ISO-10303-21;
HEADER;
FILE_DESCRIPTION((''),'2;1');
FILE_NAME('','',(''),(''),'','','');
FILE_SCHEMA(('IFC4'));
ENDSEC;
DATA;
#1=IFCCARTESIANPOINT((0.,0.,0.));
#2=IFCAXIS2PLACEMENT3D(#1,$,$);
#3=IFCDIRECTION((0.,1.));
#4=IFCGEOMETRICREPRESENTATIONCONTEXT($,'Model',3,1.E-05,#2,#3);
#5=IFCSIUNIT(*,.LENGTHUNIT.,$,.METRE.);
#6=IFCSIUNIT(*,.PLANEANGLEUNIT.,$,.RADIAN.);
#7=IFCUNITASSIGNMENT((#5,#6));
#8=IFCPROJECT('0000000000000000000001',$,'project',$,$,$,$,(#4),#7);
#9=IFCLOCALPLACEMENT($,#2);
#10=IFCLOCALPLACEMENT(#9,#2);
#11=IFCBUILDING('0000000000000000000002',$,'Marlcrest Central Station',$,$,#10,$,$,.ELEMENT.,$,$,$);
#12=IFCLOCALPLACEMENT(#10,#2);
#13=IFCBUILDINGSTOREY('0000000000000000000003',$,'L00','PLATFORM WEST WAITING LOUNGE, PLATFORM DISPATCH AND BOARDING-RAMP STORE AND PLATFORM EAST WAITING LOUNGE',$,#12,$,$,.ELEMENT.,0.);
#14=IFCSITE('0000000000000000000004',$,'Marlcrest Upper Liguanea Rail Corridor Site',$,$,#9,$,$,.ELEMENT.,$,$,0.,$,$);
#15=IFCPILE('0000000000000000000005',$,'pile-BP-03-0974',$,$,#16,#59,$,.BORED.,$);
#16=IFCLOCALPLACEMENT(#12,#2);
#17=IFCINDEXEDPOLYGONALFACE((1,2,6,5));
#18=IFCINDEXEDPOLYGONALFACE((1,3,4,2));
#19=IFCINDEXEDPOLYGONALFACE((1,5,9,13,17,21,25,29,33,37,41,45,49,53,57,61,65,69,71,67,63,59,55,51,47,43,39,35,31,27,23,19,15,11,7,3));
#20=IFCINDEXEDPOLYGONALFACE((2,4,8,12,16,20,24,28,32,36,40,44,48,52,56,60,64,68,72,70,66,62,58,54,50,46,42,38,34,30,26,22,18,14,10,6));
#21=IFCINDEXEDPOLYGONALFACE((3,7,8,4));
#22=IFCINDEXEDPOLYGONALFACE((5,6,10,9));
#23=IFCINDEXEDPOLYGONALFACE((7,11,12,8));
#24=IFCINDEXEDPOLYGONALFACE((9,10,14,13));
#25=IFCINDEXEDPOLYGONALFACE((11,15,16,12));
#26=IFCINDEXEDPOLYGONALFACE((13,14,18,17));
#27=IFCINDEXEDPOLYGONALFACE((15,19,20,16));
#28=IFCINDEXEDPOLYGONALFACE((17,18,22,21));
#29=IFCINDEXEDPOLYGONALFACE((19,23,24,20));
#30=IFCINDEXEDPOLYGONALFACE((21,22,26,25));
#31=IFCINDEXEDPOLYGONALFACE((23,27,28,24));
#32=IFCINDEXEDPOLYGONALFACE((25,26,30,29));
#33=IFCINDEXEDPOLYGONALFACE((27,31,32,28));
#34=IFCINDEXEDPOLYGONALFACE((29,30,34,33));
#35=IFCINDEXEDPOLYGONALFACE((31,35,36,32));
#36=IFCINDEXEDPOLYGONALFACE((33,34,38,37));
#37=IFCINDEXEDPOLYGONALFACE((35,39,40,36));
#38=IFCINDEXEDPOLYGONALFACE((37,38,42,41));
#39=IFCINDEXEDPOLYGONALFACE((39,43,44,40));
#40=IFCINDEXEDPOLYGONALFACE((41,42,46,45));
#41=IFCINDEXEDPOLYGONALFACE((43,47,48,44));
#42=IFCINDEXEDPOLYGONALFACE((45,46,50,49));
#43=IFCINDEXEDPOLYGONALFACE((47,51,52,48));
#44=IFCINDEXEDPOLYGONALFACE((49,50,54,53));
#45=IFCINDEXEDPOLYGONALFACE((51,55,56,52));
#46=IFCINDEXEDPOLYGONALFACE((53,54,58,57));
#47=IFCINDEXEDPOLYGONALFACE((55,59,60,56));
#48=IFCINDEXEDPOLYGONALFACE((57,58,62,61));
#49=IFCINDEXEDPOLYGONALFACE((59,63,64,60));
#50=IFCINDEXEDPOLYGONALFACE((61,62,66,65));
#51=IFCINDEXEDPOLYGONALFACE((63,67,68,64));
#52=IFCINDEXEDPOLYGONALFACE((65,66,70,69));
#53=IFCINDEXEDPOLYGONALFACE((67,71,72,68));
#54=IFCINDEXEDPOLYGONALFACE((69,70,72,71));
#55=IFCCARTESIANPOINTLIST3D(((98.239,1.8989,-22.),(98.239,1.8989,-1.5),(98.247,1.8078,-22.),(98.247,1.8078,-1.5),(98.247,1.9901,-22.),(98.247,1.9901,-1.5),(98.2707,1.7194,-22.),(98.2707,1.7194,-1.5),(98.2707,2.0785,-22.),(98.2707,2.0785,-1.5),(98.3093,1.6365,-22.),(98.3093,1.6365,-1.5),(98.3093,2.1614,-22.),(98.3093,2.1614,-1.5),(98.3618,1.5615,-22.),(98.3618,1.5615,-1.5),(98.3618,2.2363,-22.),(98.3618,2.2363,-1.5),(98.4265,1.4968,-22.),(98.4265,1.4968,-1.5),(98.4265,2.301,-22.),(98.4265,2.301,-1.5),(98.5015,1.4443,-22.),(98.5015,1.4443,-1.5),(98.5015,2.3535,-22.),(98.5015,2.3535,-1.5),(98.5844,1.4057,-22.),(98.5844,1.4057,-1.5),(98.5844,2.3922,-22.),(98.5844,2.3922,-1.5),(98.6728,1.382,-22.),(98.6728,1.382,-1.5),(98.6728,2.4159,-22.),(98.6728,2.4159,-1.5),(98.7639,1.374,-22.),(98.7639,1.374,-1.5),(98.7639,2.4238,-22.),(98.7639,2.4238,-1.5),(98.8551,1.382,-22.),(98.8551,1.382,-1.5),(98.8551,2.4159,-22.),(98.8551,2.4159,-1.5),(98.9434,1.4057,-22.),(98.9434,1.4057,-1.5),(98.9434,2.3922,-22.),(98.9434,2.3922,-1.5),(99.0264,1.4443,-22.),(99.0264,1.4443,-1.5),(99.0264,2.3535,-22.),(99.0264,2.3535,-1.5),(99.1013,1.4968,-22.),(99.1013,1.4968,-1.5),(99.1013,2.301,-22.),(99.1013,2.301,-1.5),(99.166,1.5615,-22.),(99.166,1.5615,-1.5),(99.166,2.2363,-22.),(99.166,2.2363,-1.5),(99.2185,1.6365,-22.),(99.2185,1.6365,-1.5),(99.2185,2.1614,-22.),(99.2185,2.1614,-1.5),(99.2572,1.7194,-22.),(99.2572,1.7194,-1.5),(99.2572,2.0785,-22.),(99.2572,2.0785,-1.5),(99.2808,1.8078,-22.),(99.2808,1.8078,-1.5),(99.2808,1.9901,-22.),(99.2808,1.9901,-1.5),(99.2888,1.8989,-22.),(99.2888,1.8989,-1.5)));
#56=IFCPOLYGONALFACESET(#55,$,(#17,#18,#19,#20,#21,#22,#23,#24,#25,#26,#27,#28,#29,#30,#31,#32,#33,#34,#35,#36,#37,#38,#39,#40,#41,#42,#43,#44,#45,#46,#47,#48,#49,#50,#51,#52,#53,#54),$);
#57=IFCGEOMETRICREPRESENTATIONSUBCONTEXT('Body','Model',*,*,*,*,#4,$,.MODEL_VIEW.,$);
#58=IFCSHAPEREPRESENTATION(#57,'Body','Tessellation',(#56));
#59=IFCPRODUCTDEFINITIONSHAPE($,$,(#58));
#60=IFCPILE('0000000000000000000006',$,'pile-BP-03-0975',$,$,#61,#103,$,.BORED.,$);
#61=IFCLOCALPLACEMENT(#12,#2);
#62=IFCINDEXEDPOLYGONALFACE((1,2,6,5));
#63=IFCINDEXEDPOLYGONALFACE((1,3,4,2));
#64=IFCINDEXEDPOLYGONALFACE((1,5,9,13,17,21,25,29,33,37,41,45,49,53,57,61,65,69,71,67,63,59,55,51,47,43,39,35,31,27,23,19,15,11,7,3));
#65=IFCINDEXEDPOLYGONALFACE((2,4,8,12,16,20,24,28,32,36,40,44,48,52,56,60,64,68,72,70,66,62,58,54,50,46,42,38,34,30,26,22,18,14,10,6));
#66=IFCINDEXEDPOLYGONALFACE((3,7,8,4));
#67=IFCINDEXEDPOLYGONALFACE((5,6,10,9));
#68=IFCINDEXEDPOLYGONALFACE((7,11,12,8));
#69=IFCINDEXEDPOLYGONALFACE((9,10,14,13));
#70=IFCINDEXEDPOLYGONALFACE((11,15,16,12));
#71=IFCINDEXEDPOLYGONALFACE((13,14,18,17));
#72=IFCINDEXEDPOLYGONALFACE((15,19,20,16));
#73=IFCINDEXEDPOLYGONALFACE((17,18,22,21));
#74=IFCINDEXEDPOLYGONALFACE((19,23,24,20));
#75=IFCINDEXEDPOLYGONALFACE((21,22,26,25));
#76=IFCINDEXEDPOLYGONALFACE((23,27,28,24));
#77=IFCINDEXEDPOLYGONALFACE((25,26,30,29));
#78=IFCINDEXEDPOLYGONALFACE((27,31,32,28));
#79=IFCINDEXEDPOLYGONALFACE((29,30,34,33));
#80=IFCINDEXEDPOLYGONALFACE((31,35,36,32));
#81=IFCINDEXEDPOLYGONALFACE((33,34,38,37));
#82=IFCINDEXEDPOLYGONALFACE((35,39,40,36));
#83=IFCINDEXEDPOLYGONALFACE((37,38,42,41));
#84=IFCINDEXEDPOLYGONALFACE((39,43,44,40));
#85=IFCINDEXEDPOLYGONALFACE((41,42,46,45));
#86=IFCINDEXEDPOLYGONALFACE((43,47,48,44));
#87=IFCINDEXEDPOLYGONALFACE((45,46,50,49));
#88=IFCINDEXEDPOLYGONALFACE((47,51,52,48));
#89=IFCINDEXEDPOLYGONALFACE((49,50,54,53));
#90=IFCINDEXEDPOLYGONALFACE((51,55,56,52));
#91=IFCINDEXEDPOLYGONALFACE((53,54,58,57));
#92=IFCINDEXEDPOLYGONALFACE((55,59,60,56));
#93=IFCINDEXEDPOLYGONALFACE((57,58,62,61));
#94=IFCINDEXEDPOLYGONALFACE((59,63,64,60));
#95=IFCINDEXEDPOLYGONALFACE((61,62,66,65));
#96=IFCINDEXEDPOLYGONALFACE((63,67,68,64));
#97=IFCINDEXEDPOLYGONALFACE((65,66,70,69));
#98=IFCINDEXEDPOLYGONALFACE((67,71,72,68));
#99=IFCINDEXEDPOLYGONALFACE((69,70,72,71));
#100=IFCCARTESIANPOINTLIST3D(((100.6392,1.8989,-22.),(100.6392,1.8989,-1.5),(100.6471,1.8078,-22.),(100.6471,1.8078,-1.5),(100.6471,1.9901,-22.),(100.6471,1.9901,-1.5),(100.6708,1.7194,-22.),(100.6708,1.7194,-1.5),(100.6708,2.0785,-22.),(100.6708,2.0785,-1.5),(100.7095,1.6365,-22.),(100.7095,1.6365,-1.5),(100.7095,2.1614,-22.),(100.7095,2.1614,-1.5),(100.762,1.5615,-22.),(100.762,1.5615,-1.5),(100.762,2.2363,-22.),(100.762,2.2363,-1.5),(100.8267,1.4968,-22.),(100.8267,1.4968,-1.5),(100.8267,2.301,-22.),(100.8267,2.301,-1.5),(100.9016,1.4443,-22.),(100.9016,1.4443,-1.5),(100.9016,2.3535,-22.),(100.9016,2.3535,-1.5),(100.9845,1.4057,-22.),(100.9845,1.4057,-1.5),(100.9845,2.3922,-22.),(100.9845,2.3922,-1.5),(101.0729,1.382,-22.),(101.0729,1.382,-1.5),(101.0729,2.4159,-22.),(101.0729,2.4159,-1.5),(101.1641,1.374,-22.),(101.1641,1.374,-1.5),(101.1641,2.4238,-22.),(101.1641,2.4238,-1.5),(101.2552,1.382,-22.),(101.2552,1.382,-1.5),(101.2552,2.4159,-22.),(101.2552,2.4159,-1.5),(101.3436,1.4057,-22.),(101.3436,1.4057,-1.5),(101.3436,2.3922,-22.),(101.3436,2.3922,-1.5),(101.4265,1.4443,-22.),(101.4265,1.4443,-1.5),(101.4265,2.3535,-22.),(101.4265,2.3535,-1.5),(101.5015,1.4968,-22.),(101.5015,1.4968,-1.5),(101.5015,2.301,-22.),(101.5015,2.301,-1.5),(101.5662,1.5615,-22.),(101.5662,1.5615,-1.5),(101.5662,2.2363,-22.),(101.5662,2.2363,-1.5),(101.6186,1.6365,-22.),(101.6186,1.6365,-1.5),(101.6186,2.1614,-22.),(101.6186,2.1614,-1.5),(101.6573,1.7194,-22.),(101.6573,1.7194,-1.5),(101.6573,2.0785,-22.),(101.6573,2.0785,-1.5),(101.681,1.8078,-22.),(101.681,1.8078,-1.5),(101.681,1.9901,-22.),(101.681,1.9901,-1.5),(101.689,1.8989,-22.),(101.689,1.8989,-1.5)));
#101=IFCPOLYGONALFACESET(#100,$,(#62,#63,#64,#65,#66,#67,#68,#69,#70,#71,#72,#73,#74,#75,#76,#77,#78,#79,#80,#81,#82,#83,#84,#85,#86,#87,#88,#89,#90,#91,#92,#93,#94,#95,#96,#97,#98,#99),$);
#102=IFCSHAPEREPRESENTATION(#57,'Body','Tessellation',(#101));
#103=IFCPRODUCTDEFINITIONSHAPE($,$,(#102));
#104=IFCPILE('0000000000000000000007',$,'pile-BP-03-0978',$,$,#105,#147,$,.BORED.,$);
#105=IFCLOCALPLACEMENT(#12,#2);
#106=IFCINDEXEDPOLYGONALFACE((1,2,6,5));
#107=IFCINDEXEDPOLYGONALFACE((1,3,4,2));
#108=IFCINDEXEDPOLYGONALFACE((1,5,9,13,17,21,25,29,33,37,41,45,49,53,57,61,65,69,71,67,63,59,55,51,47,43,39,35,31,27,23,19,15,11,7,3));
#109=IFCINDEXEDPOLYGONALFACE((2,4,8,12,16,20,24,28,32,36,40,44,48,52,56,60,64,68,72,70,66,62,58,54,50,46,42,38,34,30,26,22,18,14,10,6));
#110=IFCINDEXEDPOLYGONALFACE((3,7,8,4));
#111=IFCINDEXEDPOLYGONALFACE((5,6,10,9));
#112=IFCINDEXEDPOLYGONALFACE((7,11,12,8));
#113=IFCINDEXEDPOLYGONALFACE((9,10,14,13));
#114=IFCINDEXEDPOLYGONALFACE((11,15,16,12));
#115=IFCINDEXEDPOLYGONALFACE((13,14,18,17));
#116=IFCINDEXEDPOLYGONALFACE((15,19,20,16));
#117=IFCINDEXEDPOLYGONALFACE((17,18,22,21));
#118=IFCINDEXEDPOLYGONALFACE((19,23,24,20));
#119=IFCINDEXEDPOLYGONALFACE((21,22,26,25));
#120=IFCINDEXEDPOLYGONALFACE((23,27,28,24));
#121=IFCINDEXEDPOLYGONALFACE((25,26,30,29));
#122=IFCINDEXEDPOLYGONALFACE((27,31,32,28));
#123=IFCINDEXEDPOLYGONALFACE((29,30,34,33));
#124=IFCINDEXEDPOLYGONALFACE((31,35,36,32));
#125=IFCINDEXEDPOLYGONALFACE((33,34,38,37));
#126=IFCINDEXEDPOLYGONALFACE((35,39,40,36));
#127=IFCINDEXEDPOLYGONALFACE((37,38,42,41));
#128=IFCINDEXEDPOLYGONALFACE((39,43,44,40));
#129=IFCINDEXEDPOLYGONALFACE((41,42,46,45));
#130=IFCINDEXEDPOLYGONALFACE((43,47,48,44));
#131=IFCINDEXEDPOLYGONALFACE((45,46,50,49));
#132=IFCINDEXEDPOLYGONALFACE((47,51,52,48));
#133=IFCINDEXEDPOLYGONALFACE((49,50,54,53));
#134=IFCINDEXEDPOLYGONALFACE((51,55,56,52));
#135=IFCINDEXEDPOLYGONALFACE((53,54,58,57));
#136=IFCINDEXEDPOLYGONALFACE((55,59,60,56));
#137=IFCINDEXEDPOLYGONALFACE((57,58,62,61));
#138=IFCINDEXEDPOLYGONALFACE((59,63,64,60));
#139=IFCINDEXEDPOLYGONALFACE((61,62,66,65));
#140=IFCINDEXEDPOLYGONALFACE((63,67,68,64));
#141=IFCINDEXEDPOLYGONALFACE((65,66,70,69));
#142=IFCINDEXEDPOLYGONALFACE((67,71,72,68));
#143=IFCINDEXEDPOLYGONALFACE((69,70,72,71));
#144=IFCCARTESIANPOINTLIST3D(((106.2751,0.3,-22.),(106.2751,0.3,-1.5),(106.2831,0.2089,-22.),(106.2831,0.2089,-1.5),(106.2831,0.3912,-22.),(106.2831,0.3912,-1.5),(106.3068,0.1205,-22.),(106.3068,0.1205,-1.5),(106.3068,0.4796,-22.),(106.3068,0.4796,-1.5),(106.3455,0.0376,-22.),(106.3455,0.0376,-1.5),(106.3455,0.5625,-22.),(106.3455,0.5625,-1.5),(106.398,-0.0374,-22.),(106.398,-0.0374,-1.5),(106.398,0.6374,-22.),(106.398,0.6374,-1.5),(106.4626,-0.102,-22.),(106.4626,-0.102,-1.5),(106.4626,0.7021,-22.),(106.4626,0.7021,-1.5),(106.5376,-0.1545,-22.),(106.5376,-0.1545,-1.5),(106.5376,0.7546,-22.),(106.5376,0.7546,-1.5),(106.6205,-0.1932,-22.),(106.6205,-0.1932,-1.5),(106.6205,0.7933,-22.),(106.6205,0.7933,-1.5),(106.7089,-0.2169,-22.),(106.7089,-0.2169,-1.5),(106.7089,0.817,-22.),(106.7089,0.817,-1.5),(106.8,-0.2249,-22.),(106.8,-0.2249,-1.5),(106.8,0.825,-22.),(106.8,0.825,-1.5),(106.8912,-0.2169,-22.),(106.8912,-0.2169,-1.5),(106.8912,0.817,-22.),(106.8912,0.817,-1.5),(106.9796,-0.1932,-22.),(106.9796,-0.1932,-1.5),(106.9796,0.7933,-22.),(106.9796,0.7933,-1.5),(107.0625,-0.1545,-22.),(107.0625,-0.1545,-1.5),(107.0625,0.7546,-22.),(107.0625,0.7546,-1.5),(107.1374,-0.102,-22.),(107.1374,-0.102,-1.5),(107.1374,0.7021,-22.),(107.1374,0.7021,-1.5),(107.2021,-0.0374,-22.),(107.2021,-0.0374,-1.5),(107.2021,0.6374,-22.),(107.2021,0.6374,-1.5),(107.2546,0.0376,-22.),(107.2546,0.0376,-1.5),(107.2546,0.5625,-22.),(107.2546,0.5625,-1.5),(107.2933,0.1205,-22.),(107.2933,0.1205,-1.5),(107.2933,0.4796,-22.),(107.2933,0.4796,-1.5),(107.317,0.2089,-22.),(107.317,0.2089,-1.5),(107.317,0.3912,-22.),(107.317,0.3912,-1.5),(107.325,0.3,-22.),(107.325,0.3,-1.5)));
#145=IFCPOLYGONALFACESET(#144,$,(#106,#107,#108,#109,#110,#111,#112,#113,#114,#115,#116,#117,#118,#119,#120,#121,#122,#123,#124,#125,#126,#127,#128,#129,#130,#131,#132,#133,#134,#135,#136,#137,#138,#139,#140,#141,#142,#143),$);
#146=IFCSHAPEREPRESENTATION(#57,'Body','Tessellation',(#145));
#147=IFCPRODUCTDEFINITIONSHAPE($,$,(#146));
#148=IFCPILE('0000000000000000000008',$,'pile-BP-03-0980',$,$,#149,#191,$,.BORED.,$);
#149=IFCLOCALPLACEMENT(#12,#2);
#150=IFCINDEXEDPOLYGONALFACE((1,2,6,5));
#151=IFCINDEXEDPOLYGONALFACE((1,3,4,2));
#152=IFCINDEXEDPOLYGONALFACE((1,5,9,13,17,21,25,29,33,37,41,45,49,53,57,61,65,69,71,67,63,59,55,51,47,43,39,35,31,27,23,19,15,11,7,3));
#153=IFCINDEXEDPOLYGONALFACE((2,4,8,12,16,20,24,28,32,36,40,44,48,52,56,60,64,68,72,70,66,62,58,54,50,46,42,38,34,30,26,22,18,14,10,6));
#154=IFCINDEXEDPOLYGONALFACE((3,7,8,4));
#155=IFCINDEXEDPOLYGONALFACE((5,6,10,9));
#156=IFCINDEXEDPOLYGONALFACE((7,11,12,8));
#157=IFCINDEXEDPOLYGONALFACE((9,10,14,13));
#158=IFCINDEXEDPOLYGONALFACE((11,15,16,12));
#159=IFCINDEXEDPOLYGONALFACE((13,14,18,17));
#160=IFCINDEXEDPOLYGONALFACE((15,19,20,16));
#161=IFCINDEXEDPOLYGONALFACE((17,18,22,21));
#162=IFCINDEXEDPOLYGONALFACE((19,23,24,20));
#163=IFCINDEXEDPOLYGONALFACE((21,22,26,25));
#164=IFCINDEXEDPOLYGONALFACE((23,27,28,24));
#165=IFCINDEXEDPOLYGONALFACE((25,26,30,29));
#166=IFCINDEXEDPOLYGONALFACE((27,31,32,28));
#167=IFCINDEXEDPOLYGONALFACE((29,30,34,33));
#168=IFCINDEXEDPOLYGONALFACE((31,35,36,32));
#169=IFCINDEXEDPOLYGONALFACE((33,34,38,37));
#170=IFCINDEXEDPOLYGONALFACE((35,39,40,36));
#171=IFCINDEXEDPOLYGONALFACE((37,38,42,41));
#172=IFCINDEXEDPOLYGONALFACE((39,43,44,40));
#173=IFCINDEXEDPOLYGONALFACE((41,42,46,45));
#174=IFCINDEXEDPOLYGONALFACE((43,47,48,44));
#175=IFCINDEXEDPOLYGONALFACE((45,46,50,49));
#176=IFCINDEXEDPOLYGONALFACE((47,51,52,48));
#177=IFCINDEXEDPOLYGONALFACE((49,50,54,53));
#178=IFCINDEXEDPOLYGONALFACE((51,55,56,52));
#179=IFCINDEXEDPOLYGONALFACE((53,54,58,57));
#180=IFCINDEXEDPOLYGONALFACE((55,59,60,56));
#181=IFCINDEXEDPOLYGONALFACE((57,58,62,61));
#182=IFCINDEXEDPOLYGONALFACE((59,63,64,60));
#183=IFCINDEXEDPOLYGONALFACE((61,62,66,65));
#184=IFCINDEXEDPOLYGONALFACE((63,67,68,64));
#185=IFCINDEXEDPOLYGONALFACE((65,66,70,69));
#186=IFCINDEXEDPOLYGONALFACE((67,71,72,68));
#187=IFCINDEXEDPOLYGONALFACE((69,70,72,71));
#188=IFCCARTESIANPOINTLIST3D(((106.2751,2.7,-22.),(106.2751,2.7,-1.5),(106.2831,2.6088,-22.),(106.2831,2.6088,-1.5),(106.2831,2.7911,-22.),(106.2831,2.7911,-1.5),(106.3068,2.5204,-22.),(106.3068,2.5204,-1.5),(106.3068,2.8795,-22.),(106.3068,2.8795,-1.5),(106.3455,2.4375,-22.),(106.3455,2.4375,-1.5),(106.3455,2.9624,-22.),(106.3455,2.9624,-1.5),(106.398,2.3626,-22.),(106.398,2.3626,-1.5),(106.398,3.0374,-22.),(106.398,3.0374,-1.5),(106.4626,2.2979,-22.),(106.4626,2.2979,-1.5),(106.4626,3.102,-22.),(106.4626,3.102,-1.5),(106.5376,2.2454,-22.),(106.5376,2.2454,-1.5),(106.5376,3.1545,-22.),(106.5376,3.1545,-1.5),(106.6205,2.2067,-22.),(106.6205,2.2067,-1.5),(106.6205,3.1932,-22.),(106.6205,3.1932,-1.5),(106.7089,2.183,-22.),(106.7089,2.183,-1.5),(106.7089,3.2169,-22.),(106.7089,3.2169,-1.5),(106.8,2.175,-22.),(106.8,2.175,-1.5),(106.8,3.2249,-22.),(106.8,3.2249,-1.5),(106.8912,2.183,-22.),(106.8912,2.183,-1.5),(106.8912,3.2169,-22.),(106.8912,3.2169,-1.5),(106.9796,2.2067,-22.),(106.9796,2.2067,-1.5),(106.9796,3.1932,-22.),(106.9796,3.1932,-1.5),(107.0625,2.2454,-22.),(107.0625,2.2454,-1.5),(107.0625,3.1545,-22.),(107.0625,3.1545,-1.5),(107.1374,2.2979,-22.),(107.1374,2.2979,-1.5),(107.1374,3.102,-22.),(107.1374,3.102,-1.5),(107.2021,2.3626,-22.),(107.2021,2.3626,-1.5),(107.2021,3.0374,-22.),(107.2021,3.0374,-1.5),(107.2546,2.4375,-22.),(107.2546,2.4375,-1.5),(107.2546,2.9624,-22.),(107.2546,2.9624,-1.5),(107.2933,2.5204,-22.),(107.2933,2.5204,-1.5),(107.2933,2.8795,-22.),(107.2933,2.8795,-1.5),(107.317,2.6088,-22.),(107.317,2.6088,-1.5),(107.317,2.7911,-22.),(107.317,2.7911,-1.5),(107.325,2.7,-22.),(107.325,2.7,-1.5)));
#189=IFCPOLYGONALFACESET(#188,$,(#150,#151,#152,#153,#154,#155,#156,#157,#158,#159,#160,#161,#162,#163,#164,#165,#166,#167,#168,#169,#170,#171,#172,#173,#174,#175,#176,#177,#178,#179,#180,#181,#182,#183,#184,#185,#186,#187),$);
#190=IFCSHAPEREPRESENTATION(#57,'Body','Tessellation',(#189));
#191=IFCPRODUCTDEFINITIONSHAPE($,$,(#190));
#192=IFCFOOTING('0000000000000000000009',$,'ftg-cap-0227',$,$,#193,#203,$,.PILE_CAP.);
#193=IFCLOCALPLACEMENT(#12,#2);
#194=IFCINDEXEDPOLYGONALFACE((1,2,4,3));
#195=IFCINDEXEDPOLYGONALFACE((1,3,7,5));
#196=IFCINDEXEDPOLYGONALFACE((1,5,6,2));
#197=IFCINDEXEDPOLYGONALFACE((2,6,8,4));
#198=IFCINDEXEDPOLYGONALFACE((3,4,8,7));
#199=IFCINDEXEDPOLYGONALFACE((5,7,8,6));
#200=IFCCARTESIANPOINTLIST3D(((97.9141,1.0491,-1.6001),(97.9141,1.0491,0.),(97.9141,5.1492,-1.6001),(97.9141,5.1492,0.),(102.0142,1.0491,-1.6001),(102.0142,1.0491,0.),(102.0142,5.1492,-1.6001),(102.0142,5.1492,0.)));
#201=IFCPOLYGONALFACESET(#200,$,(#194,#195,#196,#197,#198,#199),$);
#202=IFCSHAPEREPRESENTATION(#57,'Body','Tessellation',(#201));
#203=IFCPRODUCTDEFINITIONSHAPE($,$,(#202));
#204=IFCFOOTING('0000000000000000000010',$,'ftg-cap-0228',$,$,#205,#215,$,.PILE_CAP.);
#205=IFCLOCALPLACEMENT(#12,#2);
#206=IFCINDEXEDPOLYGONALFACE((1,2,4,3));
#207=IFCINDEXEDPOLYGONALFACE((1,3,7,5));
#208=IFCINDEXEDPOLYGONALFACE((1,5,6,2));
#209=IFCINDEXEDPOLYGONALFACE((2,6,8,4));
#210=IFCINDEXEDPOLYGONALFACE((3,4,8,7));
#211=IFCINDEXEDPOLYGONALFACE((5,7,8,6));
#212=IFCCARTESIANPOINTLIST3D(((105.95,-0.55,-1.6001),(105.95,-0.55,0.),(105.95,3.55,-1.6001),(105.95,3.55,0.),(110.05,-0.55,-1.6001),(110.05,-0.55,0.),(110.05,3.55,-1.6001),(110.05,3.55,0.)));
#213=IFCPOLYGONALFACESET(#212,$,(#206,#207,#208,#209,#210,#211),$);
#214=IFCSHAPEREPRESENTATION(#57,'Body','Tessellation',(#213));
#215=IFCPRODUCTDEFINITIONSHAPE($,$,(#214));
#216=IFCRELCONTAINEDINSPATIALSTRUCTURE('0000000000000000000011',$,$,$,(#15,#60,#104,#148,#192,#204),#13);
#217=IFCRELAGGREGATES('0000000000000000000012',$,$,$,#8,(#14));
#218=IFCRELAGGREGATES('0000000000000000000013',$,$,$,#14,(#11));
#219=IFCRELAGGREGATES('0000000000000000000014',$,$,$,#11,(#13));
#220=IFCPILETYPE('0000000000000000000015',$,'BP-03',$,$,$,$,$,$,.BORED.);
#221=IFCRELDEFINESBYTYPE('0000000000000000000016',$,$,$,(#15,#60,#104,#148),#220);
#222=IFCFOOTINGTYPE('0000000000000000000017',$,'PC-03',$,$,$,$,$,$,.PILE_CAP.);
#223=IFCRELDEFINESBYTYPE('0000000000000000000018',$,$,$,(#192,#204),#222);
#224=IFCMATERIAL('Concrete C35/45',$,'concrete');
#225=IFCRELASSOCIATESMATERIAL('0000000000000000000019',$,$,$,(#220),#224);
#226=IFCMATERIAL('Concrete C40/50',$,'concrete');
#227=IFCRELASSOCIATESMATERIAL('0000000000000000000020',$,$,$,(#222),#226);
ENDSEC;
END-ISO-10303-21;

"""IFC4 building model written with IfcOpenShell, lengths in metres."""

from ifc_helpers import new_model, si_unit, direction, frame, origin, origin_2d, place, context, subcontext, project, spatial, rectangle, circle, extrude, material, material_profile, profile_set, type_object, element, save


model = new_model("IFC4")

# Units and contexts
model_context = context("Model", 3, precision=1e-05, world=origin(), true_north=direction((0.0, 1.0)))
body_context = subcontext(model_context, "Body", "Model", "MODEL_VIEW")
ifc_project = project(units=[si_unit("LENGTHUNIT", "METRE"), si_unit("PLANEANGLEUNIT", "RADIAN")], contexts=[model_context])

# Site, building, storey
site_placement = place(None, origin())
site = spatial("IfcSite", under=ifc_project, at=site_placement, Name="Marlcrest Upper Liguanea Rail Corridor Site", CompositionType="ELEMENT", RefElevation=0.0)
building_placement = place(site_placement, origin())
building = spatial("IfcBuilding", under=site, at=building_placement, Name="Marlcrest Central Station", CompositionType="ELEMENT")
storey_placement = place(building_placement, origin())
storey = spatial("IfcBuildingStorey", under=building, at=storey_placement, Name="L00", Description="PLATFORM WEST WAITING LOUNGE, PLATFORM DISPATCH AND BOARDING-RAMP STORE AND PLATFORM EAST WAITING LOUNGE", CompositionType="ELEMENT", Elevation=0.0)

# Piles
ifc_material_1 = material(Name="Concrete C35/45", Category="concrete")
ifc_material_profile_1 = material_profile(ifc_material_1, circle(Radius=0.5249, at=origin_2d()), Name="PILE D1050")
ifc_profile_set_1 = profile_set([ifc_material_profile_1], Name="Concrete C35/45")
pile_type = type_object("IfcPileType", Name="BP-03", PredefinedType="BORED", material=ifc_profile_set_1)
for number, where, z_axis, x_axis, name in (
    (1, (98.7639, 1.8989, -1.5), (0.0, 0.0, -1.0), (1.0, 0.0, 0.0), "pile-BP-03-0974"),
    (2, (101.1641, 1.8989, -1.5), (0.0, 0.0, -1.0), (1.0, 0.0, 0.0), "pile-BP-03-0975"),
    (3, (106.8, 0.3, -1.5), (0.0, 0.0, -1.0), (1.0, 0.0, 0.0), "pile-BP-03-0978"),
    (4, (106.8, 2.7, -1.5), (0.0, 0.0, -1.0), (1.0, 0.0, 0.0), "pile-BP-03-0980"),
):
    element("IfcPile", number, at=place(storey_placement, frame(where, z_axis=z_axis, x_axis=x_axis)), inside=storey, type_object=pile_type, Name=name, PredefinedType="BORED", context=body_context, shape_type="SweptSolid", body=[
        extrude(circle(Radius=0.5249, at=origin_2d()), origin(), (0.0, 0.0, 1.0), 20.5),
    ])

# Footings
ifc_material_2 = material(Name="Concrete C40/50", Category="concrete")
footing_type = type_object("IfcFootingType", Name="PC-03", PredefinedType="PILE_CAP", material=ifc_material_2)
for number, where, z_axis, x_axis, name in (
    (5, (99.9641, 3.0991, -1.6001), (0.0, 0.0, 1.0), (1.0, 0.0, 0.0), "ftg-cap-0227"),
    (6, (108.0, 1.5, -1.6001), (0.0, 0.0, 1.0), (1.0, 0.0, 0.0), "ftg-cap-0228"),
):
    element("IfcFooting", number, at=place(storey_placement, frame(where, z_axis=z_axis, x_axis=x_axis)), inside=storey, type_object=footing_type, Name=name, PredefinedType="PILE_CAP", context=body_context, shape_type="SweptSolid", body=[
        extrude(rectangle(XDim=4.1001, YDim=4.1001, at=origin_2d()), origin(), (0.0, 0.0, 1.0), 1.6001),
    ])

save(model, "model.ifc")
